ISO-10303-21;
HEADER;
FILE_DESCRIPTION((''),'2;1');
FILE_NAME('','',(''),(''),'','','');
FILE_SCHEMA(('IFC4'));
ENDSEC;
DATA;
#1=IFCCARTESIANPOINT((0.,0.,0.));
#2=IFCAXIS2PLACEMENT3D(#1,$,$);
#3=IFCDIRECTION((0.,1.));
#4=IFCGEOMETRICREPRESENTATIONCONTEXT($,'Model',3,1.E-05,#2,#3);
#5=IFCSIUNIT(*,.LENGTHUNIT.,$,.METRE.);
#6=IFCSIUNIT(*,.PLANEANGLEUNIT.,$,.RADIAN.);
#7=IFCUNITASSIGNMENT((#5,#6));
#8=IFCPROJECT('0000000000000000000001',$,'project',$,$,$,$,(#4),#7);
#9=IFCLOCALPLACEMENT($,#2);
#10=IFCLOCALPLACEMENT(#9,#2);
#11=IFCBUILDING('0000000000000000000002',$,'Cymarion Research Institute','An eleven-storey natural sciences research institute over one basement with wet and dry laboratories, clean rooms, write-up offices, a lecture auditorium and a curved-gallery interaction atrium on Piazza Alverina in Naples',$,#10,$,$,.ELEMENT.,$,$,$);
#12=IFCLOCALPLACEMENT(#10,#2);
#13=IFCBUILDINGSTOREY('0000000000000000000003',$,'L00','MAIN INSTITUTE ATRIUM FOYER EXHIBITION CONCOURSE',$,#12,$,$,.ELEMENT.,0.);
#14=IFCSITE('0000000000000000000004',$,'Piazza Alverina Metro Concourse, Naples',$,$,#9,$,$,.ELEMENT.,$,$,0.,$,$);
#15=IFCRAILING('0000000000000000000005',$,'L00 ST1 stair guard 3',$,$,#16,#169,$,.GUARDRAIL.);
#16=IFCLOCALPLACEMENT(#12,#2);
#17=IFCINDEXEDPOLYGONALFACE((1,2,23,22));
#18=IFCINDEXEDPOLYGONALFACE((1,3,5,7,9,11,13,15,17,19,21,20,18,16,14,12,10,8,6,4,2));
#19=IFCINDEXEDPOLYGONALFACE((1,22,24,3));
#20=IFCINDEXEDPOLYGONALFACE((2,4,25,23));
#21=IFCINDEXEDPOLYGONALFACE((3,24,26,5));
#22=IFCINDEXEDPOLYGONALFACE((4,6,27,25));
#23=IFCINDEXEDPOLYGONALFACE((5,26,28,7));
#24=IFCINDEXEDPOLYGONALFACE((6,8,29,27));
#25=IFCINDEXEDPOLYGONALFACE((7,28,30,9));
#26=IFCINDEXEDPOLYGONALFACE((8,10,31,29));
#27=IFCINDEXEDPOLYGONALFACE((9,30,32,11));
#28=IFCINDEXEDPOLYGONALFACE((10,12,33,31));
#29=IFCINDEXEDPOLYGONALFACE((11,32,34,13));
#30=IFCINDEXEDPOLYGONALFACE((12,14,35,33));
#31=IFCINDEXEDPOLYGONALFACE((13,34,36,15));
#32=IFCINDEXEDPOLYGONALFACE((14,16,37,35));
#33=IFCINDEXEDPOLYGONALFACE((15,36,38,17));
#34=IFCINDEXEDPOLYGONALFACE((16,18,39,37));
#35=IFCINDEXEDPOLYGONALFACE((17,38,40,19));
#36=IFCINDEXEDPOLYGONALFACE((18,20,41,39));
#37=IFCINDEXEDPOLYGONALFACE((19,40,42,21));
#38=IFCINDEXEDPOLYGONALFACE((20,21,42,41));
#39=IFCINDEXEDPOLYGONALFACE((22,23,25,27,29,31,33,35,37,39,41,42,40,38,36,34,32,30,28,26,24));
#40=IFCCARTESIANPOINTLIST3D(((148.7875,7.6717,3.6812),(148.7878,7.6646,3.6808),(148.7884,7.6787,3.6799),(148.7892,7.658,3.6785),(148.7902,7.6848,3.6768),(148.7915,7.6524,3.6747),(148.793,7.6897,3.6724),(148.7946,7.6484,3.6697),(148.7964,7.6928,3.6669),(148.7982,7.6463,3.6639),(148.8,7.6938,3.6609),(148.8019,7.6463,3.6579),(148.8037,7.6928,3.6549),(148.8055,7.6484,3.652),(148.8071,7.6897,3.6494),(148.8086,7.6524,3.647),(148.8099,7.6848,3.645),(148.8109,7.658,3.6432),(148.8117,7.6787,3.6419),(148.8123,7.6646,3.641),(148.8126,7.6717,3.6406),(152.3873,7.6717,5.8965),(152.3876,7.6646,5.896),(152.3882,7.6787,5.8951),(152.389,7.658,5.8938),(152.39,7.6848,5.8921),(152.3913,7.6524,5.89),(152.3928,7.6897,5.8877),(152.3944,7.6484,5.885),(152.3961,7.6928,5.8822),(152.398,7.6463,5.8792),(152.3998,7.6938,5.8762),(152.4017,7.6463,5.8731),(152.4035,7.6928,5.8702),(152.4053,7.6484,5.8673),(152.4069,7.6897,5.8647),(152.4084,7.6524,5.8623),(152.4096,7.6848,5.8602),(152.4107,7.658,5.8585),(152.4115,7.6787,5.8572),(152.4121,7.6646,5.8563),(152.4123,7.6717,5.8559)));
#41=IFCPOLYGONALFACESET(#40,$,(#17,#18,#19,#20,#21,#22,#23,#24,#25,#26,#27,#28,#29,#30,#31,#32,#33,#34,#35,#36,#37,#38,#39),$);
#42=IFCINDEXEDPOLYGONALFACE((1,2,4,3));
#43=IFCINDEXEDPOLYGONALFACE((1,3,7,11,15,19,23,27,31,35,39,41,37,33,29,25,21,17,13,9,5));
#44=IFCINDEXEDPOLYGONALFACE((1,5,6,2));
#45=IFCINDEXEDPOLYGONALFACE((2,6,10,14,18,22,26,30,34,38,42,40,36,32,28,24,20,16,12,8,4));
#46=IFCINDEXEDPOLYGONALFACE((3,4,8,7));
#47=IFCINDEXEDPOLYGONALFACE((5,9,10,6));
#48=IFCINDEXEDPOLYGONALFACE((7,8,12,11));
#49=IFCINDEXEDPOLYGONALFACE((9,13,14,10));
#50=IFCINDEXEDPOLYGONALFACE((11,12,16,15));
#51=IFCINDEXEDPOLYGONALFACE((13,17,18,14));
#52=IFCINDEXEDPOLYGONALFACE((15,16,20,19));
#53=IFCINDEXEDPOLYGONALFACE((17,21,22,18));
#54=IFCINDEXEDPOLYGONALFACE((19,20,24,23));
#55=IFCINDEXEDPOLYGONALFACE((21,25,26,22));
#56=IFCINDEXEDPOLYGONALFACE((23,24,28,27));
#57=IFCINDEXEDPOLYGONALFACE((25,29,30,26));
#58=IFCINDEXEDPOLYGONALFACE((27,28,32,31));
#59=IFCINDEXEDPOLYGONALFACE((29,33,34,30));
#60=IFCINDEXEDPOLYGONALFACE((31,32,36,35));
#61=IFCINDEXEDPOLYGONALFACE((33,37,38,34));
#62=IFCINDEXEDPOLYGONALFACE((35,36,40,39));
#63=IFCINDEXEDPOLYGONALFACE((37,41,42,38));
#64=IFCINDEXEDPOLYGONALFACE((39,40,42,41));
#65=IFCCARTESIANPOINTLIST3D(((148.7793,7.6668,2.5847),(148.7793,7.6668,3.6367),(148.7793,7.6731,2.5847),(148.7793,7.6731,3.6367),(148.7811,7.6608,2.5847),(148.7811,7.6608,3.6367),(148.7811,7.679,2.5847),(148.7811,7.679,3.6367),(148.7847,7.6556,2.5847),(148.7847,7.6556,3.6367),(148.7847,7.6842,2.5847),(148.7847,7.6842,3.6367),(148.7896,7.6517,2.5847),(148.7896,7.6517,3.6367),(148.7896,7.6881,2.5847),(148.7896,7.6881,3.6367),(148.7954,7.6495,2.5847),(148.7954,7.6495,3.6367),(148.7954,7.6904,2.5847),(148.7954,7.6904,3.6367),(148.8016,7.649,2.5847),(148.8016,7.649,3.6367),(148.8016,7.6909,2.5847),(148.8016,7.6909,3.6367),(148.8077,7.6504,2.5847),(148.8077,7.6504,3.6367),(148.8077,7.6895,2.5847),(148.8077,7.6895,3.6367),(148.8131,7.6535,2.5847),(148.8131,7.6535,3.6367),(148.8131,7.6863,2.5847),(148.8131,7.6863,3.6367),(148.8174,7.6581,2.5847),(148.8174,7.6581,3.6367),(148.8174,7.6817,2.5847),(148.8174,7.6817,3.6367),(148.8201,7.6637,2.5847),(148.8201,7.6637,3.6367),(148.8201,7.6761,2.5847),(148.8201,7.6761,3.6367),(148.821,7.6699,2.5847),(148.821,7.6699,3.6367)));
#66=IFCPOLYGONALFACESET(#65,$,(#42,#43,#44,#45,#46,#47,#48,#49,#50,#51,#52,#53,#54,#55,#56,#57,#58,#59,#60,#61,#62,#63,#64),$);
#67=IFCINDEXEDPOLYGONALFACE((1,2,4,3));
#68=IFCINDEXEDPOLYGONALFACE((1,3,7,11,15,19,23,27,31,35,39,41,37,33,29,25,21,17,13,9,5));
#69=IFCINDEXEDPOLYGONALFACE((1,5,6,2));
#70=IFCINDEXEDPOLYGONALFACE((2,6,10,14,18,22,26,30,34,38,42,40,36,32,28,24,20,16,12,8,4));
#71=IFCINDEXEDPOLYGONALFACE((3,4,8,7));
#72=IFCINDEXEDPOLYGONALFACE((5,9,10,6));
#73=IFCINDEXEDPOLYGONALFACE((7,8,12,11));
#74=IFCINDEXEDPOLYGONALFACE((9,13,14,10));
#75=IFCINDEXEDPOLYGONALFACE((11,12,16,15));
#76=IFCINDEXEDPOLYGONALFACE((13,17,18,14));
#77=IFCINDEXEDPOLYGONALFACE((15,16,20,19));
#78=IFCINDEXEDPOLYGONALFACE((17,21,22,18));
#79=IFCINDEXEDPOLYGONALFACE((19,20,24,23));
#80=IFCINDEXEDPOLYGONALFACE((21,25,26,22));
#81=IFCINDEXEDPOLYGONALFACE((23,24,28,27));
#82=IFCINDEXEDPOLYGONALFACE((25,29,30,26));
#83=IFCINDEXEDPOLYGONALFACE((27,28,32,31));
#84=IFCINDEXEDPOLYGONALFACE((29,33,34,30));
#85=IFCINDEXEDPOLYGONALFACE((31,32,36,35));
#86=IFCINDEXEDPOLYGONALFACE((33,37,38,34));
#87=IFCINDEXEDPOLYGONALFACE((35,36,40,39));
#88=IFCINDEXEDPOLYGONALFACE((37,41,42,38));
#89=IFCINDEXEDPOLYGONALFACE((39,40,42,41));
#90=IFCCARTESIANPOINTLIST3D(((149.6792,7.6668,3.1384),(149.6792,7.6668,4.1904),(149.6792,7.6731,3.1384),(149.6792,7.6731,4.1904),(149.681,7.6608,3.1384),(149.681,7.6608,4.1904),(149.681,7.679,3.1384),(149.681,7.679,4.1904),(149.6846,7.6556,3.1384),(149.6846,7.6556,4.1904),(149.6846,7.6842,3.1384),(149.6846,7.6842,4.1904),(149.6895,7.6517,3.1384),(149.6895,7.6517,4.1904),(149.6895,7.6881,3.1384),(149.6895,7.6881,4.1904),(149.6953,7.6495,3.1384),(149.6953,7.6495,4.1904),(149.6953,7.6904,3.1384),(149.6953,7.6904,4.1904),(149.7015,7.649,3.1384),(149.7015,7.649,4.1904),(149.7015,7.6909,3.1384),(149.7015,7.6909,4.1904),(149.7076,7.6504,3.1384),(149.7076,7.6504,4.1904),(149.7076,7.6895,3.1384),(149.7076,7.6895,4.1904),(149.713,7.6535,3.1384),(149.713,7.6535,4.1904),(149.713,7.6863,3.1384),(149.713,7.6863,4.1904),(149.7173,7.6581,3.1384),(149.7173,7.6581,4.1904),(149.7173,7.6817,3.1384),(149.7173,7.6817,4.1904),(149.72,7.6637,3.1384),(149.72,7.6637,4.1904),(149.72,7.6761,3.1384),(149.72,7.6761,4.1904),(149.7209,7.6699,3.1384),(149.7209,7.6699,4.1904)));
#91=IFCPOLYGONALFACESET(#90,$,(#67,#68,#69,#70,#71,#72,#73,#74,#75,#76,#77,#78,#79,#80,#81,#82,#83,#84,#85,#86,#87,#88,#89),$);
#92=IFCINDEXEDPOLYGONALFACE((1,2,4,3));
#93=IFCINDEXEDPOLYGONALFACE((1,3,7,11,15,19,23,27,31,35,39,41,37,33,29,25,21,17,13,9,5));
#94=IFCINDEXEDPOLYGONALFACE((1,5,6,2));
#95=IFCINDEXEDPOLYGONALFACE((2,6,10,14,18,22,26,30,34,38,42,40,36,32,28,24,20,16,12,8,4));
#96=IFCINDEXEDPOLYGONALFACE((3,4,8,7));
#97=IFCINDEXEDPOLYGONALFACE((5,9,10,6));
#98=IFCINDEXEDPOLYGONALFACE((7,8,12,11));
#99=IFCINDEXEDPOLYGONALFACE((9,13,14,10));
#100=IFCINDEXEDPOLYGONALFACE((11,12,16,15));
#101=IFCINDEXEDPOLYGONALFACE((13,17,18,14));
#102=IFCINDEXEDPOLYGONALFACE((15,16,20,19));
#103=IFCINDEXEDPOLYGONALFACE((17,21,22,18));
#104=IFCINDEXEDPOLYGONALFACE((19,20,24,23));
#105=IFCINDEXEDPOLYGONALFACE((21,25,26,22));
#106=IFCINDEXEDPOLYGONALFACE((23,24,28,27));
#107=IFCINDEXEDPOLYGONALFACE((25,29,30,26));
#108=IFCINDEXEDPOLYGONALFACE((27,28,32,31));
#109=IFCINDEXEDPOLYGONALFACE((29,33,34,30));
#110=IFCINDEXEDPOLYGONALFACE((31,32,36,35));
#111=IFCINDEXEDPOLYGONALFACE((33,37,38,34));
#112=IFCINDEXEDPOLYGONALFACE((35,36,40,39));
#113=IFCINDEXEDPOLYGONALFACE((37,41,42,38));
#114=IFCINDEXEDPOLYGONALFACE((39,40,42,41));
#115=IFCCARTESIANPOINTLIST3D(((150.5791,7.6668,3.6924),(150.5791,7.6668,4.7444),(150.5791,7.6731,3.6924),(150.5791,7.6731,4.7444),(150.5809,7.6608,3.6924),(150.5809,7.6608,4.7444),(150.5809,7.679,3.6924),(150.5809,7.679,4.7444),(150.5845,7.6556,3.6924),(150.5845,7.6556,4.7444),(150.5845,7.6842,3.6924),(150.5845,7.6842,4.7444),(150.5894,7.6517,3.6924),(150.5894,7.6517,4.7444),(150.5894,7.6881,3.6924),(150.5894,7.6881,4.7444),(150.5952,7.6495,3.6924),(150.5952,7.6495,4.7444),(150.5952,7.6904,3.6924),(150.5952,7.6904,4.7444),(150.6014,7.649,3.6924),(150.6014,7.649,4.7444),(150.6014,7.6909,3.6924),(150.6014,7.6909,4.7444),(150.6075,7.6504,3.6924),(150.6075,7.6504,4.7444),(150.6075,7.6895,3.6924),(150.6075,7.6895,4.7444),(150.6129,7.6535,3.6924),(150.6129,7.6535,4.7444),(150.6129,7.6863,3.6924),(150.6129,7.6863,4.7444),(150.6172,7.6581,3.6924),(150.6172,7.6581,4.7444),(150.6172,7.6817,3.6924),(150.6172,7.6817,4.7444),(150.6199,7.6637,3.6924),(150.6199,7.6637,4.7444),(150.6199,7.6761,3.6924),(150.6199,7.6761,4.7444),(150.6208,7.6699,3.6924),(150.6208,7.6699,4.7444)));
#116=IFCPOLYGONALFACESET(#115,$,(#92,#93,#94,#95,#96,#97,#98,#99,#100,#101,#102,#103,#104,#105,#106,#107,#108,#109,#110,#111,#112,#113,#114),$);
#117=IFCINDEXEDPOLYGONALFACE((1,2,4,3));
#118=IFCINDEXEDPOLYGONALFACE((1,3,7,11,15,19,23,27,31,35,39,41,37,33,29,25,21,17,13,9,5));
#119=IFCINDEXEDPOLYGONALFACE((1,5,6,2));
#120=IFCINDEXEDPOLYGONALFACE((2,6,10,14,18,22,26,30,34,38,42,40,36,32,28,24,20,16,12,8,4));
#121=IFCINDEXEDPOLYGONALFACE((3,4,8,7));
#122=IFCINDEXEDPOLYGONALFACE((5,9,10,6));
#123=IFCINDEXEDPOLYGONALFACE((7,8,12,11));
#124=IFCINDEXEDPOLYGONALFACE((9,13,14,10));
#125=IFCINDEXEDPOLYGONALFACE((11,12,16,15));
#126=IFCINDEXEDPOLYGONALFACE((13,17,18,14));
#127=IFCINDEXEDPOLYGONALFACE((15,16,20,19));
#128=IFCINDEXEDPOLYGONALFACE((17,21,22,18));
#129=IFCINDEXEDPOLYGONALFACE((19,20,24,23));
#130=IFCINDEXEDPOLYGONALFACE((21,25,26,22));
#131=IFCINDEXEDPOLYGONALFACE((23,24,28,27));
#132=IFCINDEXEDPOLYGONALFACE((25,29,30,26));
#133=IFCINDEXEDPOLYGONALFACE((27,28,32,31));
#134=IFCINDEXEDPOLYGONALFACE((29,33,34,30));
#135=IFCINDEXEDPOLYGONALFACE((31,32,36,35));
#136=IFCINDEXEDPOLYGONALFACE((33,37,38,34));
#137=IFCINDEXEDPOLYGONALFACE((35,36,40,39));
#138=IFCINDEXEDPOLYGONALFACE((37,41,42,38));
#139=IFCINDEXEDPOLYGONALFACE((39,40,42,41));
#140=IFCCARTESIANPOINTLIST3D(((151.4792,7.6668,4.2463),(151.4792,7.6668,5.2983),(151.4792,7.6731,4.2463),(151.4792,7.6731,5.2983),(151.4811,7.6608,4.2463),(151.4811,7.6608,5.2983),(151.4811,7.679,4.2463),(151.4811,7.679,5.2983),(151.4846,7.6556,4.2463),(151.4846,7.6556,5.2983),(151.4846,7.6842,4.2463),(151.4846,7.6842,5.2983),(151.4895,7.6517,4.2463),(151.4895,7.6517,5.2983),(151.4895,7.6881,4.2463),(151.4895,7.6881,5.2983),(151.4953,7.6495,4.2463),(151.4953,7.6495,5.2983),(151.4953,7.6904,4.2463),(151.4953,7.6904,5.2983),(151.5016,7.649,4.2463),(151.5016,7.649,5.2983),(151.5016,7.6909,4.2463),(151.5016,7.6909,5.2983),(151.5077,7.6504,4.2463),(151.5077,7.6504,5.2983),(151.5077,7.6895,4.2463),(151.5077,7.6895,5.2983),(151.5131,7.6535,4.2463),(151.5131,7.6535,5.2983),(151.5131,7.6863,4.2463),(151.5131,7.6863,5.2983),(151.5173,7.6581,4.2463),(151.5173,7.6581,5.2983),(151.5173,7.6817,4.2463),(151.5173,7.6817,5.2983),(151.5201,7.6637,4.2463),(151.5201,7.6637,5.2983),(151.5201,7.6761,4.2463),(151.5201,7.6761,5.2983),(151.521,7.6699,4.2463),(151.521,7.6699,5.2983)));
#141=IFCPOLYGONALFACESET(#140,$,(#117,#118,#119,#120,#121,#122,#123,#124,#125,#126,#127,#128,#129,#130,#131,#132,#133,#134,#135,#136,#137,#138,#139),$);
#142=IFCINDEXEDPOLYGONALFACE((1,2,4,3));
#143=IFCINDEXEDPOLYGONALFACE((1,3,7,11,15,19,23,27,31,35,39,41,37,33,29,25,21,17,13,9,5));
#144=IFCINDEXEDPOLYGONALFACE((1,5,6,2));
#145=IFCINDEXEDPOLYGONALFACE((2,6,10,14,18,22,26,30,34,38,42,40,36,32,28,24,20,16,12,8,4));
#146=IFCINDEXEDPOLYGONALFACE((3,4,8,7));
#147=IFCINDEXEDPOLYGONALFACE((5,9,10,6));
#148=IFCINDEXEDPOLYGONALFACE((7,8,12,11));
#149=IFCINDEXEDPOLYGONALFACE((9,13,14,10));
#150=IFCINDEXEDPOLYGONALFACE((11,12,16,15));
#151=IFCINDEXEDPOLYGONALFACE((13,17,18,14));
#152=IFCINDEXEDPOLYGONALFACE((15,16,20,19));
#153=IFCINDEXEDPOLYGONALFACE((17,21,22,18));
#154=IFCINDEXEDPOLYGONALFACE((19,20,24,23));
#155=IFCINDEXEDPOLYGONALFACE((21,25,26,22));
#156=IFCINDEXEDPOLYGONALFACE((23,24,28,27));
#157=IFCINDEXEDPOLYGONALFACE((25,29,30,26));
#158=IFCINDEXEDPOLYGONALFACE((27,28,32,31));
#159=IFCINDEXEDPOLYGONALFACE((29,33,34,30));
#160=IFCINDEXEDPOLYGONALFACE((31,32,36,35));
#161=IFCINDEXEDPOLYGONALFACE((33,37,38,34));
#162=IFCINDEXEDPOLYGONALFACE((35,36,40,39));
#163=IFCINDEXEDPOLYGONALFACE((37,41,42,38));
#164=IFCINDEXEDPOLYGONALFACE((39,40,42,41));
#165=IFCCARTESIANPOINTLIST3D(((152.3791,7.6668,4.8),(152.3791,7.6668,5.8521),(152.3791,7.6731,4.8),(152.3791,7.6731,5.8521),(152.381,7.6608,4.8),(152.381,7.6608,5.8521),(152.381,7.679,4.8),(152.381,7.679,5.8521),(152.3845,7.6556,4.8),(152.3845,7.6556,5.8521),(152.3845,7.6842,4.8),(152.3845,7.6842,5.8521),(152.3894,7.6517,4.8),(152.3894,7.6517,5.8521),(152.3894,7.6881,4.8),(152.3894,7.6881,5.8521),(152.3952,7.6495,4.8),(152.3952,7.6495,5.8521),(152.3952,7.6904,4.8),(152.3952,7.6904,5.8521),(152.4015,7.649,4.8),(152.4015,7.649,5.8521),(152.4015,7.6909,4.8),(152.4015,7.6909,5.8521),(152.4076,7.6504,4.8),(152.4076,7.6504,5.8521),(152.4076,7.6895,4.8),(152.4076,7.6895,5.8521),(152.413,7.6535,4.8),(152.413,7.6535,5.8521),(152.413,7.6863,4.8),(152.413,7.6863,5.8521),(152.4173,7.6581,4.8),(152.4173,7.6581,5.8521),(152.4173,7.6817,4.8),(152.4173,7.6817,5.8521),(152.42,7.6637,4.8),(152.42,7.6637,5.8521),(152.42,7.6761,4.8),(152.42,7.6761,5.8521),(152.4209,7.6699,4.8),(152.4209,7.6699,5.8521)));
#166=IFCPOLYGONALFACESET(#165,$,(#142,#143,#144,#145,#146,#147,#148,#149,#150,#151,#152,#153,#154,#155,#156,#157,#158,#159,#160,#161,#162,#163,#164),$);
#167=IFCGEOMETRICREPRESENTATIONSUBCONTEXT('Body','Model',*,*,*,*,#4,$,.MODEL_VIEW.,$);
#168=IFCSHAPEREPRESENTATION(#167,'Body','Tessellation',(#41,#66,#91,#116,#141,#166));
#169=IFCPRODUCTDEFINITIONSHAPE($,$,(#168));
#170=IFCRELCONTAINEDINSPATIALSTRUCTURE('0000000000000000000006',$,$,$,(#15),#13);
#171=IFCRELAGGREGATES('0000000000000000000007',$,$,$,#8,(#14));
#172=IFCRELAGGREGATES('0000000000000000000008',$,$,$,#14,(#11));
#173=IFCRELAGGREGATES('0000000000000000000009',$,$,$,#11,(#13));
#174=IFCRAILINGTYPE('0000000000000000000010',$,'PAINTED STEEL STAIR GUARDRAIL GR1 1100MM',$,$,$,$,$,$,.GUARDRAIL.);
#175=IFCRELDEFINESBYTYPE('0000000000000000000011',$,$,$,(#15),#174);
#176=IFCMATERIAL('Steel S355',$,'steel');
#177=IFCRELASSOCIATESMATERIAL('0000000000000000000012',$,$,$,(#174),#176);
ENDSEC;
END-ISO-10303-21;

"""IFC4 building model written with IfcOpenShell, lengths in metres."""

from ifc_helpers import new_model, si_unit, direction, frame, origin, origin_2d, place, context, subcontext, project, spatial, circle, extrude, material, type_object, element, save


model = new_model("IFC4")

# Units and contexts
model_context = context("Model", 3, precision=1e-05, world=origin(), true_north=direction((0.0, 1.0)))
body_context = subcontext(model_context, "Body", "Model", "MODEL_VIEW")
ifc_project = project(units=[si_unit("LENGTHUNIT", "METRE"), si_unit("PLANEANGLEUNIT", "RADIAN")], contexts=[model_context])

# Site, building, storey
site_placement = place(None, origin())
site = spatial("IfcSite", under=ifc_project, at=site_placement, Name="Piazza Alverina Metro Concourse, Naples", CompositionType="ELEMENT", RefElevation=0.0)
building_placement = place(site_placement, origin())
building = spatial("IfcBuilding", under=site, at=building_placement, Name="Cymarion Research Institute", Description="An eleven-storey natural sciences research institute over one basement with wet and dry laboratories, clean rooms, write-up offices, a lecture auditorium and a curved-gallery interaction atrium on Piazza Alverina in Naples", CompositionType="ELEMENT")
storey_placement = place(building_placement, origin())
storey = spatial("IfcBuildingStorey", under=building, at=storey_placement, Name="L00", Description="MAIN INSTITUTE ATRIUM FOYER EXHIBITION CONCOURSE", CompositionType="ELEMENT", Elevation=0.0)

# Shared definitions
ifc_material_1 = material(Name="Steel S355", Category="steel")

# Railing
railing_type_1 = type_object("IfcRailingType", Name="PAINTED STEEL STAIR GUARDRAIL GR1 1100MM", PredefinedType="GUARDRAIL", material=ifc_material_1)
railing_1_placement = place(storey_placement, frame((148.8, 7.6699, 2.5847)))
element("IfcRailing", 1, at=railing_1_placement, inside=storey, type_object=railing_type_1, Name="L00 ST1 stair guard 3", PredefinedType="GUARDRAIL", context=body_context, shape_type="SweptSolid", body=[
    extrude(circle(Radius=0.0239, at=origin_2d()), frame((0.0, 0.0, 1.0762), z_axis=(0.851654, 0.0, 0.524104), x_axis=(0.0, 1.0, 0.0)), (0.0, 0.0, 1.0), 4.2268),
    extrude(circle(Radius=0.021, at=origin_2d()), origin(), (0.0, 0.0, 1.0), 1.052),
    extrude(circle(Radius=0.021, at=origin_2d()), frame((0.8999, 0.0, 0.5537)), (0.0, 0.0, 1.0), 1.052),
    extrude(circle(Radius=0.021, at=origin_2d()), frame((1.7998, 0.0, 1.1077)), (0.0, 0.0, 1.0), 1.052),
    extrude(circle(Radius=0.021, at=origin_2d()), frame((2.7, 0.0, 1.6616)), (0.0, 0.0, 1.0), 1.052),
    extrude(circle(Radius=0.021, at=origin_2d()), frame((3.5999, 0.0, 2.2153)), (0.0, 0.0, 1.0), 1.052),
])

save(model, "model.ifc")
